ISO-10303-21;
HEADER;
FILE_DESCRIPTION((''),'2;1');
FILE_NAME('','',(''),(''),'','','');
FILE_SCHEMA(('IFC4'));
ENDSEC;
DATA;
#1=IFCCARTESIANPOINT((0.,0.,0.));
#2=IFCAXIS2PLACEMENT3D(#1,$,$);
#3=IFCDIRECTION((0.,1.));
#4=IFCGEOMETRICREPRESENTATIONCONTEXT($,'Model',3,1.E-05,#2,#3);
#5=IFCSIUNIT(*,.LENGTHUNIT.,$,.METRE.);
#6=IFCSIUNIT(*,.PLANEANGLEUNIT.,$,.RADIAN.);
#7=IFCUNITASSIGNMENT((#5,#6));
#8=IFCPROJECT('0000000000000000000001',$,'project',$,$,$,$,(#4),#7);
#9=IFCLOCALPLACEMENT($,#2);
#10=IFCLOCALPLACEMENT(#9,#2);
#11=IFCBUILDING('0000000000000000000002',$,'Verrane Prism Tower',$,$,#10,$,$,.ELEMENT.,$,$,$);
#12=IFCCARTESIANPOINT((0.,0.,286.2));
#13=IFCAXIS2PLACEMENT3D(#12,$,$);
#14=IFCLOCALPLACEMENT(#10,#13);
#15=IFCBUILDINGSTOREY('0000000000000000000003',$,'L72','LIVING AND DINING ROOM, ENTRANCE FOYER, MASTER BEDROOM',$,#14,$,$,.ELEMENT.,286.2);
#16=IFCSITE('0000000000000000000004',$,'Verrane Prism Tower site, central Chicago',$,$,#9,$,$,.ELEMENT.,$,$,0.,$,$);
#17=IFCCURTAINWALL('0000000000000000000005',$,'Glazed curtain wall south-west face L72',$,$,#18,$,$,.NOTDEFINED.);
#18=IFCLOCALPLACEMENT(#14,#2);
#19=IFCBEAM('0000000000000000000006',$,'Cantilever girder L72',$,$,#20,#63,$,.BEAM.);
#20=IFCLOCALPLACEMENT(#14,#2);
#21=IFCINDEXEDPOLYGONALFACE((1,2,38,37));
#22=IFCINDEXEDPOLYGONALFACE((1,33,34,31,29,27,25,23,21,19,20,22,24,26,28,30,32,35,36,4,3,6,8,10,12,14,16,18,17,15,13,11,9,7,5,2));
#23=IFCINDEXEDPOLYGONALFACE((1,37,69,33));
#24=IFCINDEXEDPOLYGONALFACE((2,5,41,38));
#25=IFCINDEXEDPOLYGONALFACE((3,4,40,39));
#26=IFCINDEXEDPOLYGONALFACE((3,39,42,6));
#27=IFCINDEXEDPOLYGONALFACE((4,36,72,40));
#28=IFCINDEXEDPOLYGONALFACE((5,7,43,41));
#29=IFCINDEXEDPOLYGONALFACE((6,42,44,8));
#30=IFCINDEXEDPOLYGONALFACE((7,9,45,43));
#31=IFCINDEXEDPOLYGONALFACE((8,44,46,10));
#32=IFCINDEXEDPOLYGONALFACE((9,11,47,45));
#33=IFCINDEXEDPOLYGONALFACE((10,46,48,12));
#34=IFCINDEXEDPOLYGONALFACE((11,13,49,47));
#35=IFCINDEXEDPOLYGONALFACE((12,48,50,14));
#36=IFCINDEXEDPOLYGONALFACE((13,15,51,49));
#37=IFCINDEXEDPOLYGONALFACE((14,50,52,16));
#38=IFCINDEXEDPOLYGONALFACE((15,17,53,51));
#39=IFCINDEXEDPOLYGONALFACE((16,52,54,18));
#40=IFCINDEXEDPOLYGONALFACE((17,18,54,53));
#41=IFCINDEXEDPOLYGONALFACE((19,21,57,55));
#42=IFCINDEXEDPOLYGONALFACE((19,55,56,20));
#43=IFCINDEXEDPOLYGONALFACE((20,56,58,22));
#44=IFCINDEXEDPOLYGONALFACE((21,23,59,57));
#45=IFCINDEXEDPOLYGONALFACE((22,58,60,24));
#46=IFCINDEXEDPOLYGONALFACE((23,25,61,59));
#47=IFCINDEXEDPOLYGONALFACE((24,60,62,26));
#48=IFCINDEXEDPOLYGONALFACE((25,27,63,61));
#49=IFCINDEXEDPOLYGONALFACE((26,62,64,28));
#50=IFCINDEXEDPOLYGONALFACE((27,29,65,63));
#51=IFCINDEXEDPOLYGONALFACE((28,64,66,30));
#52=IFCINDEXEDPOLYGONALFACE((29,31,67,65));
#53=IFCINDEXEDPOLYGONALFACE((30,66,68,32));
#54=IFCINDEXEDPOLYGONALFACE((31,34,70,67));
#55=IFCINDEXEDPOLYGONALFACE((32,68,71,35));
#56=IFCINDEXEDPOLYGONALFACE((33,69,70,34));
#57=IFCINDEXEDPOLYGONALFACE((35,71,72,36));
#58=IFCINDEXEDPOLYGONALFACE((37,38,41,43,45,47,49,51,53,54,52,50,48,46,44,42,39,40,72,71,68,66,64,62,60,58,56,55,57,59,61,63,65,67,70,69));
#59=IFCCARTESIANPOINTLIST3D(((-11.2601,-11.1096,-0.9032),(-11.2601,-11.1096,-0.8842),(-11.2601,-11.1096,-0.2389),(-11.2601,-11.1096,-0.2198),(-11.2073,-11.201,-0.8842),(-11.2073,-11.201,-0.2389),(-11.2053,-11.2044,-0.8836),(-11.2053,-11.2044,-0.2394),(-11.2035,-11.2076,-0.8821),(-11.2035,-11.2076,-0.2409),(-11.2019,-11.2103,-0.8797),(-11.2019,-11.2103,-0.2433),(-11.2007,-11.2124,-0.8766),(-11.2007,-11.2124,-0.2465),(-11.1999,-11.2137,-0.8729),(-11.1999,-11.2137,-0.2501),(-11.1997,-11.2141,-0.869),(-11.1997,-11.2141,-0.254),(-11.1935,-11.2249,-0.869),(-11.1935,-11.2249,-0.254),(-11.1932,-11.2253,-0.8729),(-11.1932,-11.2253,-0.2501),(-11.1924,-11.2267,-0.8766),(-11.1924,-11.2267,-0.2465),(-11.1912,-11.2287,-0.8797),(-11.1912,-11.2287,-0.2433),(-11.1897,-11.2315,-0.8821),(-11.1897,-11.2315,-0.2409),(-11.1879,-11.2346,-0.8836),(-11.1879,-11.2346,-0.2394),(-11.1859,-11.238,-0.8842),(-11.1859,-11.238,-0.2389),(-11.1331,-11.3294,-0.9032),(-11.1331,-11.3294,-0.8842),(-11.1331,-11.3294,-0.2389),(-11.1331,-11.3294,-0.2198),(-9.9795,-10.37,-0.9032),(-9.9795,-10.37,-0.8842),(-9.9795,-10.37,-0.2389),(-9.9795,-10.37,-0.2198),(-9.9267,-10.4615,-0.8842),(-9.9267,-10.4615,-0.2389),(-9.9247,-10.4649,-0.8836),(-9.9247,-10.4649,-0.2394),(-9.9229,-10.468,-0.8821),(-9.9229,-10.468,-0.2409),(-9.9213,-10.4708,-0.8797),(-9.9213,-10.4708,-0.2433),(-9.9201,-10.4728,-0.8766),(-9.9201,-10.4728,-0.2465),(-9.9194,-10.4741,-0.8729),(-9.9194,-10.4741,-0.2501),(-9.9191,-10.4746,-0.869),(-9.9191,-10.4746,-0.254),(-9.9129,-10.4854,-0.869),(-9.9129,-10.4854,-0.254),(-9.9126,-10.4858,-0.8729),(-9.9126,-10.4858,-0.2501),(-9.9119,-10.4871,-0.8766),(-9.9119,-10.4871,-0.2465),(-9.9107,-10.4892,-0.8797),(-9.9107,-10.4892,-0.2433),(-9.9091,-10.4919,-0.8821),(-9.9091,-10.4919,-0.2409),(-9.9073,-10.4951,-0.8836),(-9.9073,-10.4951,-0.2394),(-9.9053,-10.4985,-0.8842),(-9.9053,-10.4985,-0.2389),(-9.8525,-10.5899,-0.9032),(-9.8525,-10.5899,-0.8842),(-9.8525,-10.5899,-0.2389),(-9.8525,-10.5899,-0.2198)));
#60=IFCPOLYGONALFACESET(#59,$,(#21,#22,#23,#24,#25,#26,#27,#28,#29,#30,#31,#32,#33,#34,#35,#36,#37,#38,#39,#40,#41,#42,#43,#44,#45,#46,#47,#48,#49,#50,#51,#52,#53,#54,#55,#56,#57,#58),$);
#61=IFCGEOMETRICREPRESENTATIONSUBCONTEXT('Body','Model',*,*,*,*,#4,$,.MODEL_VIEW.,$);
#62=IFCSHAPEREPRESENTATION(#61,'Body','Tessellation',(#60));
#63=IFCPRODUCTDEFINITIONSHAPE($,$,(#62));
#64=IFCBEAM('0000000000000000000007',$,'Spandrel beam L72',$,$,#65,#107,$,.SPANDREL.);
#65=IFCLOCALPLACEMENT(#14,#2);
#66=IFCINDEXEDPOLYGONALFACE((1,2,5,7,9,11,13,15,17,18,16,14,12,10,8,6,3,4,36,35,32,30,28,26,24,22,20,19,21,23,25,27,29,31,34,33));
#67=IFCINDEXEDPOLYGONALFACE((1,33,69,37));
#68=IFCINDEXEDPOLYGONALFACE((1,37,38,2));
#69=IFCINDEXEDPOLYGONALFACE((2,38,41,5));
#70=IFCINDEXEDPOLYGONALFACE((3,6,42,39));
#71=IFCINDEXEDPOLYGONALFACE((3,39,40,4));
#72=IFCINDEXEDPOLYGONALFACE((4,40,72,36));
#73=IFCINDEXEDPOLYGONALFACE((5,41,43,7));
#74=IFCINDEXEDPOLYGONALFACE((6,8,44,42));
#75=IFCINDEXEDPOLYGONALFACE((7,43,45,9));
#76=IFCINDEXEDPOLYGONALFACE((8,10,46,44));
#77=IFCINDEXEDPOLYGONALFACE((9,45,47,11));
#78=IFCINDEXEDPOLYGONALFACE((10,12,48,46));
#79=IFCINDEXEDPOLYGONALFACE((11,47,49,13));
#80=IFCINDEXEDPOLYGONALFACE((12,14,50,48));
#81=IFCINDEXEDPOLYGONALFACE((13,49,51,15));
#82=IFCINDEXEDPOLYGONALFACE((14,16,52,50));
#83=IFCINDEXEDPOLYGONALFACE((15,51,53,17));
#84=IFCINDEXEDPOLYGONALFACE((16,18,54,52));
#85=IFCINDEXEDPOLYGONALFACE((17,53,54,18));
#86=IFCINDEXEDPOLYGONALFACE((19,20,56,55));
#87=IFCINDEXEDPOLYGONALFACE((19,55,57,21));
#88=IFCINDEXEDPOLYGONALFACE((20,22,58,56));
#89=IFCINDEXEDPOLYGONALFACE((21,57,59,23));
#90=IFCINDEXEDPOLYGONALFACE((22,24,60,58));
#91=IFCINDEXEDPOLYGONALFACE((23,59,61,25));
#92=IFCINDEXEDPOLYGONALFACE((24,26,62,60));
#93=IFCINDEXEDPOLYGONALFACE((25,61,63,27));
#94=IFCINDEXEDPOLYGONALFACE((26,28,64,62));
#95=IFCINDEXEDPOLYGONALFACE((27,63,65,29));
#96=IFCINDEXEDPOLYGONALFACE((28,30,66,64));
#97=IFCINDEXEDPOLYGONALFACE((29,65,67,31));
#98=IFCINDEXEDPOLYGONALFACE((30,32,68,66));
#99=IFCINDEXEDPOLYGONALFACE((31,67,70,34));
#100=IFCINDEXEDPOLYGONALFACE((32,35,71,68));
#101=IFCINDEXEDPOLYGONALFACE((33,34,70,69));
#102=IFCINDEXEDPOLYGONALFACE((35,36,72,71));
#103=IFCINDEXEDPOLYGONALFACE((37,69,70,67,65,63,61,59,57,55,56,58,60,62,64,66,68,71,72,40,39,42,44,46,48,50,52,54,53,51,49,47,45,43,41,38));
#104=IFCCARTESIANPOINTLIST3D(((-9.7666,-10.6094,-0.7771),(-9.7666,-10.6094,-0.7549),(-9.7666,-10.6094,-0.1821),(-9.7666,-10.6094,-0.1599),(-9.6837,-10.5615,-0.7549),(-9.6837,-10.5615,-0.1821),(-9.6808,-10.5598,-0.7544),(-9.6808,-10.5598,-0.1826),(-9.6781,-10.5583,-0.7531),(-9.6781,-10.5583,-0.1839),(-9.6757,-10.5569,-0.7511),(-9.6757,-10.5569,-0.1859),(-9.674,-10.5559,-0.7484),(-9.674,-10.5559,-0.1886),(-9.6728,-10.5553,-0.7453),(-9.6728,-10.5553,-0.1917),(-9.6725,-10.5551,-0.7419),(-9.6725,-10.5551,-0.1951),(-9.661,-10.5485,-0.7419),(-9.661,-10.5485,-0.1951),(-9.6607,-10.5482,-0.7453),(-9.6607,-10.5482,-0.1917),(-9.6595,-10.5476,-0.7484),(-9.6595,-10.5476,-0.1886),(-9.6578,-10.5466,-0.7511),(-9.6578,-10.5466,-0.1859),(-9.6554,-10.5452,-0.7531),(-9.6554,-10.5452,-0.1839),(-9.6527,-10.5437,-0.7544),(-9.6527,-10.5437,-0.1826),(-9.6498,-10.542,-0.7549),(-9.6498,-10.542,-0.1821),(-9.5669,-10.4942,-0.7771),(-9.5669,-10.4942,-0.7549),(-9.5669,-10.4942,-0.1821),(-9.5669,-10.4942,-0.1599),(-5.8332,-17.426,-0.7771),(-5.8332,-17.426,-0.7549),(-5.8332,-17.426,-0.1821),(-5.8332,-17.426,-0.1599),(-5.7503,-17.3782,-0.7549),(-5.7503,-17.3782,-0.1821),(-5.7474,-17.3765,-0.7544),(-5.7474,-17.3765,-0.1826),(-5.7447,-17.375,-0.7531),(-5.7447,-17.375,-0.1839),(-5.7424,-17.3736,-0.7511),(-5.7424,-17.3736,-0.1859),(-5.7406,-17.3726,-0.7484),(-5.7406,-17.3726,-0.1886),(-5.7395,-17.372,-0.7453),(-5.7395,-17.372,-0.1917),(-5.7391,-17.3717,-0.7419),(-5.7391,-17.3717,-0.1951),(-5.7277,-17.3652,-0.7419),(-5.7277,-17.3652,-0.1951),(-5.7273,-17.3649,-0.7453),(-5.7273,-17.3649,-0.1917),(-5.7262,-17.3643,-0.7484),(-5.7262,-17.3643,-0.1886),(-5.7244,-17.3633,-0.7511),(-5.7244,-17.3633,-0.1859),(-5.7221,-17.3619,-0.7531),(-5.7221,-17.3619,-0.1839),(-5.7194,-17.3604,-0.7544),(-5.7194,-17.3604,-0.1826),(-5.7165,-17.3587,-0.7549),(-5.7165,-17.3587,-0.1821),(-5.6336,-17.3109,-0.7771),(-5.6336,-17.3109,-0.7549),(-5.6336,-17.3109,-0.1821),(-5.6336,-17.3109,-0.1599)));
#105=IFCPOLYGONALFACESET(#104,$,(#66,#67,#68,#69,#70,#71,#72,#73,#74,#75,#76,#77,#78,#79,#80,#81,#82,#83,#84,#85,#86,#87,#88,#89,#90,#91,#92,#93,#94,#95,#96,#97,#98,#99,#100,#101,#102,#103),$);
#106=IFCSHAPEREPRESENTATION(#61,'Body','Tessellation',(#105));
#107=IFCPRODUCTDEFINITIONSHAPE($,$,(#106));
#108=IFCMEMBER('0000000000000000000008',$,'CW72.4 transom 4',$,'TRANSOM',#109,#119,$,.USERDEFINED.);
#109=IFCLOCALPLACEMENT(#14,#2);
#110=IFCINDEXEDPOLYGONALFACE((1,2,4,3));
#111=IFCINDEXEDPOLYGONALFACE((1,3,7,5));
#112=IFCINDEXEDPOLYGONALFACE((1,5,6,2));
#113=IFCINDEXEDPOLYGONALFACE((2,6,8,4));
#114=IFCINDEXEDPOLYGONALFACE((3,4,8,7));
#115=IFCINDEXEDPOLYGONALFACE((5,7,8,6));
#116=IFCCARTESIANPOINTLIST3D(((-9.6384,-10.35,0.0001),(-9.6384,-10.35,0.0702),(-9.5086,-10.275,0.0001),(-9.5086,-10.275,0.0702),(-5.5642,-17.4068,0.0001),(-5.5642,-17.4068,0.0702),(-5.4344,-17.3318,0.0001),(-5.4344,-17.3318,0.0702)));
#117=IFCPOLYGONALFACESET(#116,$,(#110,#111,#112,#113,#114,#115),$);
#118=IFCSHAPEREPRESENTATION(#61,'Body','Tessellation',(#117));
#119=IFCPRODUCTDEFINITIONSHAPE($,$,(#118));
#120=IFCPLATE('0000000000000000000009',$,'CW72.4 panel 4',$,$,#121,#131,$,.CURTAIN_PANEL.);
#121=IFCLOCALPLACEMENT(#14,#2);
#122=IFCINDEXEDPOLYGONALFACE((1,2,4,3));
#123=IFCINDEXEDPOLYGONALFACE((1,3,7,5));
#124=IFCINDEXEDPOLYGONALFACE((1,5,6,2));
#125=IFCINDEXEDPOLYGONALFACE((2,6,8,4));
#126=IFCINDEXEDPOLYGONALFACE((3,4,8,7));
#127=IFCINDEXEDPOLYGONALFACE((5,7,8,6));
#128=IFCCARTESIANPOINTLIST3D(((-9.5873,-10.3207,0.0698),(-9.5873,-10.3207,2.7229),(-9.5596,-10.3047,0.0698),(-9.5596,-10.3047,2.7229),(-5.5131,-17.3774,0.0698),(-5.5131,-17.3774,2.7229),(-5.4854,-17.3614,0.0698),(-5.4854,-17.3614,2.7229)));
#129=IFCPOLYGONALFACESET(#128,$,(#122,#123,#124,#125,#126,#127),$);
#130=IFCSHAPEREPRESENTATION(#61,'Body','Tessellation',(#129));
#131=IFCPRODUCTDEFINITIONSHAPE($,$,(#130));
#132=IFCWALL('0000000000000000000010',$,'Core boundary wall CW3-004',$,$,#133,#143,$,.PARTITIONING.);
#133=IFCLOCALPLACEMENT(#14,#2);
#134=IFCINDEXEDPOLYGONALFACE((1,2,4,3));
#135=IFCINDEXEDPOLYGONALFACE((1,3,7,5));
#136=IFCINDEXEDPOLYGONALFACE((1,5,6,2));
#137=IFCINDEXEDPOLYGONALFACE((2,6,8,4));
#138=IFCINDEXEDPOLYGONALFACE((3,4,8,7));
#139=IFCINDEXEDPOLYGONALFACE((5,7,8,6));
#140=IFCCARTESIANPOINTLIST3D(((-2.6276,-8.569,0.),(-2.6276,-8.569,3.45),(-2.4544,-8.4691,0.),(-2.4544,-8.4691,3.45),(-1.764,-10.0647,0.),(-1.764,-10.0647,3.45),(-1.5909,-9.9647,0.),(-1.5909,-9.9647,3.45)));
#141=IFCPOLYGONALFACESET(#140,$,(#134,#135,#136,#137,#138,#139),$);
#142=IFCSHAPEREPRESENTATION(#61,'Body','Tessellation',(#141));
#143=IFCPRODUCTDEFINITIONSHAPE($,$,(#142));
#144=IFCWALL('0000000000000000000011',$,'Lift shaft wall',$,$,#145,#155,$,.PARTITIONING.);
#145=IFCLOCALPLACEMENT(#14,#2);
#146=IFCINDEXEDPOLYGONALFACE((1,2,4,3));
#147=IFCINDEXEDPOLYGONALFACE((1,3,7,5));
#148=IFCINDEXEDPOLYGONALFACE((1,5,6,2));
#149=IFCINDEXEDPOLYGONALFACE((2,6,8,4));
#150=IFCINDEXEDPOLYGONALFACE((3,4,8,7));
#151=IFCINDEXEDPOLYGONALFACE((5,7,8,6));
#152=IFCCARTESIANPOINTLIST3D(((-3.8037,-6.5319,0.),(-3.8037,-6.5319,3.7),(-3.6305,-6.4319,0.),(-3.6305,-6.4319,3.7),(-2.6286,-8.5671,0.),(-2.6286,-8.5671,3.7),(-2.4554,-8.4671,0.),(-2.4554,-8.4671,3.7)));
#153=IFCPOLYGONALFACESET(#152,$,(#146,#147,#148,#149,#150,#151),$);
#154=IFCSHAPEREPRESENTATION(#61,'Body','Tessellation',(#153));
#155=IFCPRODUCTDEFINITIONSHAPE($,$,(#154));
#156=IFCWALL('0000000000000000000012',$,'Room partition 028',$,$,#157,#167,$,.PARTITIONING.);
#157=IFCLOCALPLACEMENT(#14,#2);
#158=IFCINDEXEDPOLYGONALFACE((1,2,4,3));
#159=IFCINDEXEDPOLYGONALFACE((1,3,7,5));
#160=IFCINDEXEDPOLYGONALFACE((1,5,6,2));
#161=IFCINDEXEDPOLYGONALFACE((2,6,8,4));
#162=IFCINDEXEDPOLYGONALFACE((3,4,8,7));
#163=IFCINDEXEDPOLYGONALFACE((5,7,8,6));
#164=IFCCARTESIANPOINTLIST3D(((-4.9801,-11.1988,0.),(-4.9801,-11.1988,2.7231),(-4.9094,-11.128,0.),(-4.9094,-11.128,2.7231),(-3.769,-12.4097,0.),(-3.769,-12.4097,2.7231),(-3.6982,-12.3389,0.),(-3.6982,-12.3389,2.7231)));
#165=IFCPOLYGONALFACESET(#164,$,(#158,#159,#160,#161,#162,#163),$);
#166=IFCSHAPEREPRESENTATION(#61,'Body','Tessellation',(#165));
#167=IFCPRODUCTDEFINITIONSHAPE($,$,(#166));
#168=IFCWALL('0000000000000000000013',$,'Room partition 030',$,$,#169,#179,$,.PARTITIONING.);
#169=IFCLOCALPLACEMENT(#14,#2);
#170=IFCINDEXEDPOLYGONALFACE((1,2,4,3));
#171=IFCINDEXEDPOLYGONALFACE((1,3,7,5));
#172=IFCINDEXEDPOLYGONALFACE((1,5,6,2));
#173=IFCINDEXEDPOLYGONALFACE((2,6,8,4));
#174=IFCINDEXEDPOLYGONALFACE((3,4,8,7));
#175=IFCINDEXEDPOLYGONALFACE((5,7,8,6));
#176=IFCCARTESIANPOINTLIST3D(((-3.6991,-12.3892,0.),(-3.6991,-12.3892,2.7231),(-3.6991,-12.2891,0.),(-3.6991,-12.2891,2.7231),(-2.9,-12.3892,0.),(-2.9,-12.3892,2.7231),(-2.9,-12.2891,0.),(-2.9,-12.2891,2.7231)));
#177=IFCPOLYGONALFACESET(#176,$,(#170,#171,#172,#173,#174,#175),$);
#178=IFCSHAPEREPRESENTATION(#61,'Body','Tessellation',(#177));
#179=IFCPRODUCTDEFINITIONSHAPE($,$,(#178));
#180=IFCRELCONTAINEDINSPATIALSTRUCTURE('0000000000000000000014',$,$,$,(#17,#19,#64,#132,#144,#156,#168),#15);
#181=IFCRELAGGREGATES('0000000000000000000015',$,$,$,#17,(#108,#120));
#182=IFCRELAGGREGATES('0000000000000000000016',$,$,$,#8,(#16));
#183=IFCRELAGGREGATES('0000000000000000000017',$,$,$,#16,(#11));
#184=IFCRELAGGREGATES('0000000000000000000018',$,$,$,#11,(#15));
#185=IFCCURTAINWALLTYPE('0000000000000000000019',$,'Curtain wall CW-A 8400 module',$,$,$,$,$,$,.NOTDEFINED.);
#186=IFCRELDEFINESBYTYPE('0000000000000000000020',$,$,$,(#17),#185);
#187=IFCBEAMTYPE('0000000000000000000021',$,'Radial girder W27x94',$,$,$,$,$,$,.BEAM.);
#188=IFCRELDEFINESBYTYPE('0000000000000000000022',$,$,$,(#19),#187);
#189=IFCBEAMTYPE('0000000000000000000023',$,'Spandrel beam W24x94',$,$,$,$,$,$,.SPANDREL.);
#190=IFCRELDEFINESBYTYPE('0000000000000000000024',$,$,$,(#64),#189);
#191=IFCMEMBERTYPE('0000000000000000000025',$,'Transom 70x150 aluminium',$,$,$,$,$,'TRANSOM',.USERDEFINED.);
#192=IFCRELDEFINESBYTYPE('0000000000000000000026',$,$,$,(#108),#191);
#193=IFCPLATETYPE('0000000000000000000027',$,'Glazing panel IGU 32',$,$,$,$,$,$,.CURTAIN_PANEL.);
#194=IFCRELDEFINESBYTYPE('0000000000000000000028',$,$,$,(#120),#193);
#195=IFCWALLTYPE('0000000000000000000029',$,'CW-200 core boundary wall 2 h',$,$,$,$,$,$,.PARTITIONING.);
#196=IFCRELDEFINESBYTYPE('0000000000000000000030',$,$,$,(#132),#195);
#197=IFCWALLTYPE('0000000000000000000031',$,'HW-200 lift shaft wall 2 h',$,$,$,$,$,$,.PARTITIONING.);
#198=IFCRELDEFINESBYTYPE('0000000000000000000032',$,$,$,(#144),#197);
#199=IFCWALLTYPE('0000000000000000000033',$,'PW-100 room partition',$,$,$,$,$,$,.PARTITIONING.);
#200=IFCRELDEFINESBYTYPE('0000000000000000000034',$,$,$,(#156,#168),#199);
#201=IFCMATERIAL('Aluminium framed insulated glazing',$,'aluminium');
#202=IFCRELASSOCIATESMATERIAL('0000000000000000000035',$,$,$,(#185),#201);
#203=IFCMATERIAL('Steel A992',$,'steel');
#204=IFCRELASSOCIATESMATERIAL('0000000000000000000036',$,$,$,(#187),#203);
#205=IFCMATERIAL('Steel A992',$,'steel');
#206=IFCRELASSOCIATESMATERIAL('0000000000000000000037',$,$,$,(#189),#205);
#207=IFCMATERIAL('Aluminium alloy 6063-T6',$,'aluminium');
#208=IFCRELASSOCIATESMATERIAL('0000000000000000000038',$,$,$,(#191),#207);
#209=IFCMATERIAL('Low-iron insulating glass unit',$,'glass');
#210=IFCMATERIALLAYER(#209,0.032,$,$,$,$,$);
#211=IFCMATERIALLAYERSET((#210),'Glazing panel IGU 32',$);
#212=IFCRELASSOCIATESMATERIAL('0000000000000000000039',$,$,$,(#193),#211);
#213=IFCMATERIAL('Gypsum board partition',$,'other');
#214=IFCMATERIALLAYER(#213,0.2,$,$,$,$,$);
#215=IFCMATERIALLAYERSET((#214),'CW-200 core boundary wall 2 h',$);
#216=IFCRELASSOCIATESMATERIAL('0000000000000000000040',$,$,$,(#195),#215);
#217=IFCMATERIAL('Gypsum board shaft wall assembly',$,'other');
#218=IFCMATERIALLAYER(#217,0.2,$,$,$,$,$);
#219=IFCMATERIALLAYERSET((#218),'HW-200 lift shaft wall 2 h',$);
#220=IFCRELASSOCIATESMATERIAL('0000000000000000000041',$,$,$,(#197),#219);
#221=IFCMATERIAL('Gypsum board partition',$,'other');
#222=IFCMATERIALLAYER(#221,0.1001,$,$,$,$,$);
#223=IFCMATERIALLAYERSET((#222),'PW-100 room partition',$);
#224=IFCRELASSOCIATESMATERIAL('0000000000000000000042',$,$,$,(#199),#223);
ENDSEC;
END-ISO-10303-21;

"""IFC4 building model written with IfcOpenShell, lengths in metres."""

from ifc_helpers import new_model, si_unit, direction, frame, frame_2d, origin, origin_2d, place, context, subcontext, project, spatial, rectangle, i_section, extrude, material, layer, layer_set, material_profile, profile_set, type_object, element, aggregate, save


model = new_model("IFC4")

# Units and contexts
model_context = context("Model", 3, precision=1e-05, world=origin(), true_north=direction((0.0, 1.0)))
body_context = subcontext(model_context, "Body", "Model", "MODEL_VIEW")
ifc_project = project(units=[si_unit("LENGTHUNIT", "METRE"), si_unit("PLANEANGLEUNIT", "RADIAN")], contexts=[model_context])

# Site, building, storey
site_placement = place(None, origin())
site = spatial("IfcSite", under=ifc_project, at=site_placement, Name="Verrane Prism Tower site, central Chicago", CompositionType="ELEMENT", RefElevation=0.0)
building_placement = place(site_placement, origin())
building = spatial("IfcBuilding", under=site, at=building_placement, Name="Verrane Prism Tower", CompositionType="ELEMENT")
storey_placement = place(building_placement, frame((0.0, 0.0, 286.2)))
storey = spatial("IfcBuildingStorey", under=building, at=storey_placement, Name="L72", Description="LIVING AND DINING ROOM, ENTRANCE FOYER, MASTER BEDROOM", CompositionType="ELEMENT", Elevation=286.2)

# Curtain wall
ifc_material_1 = material(Name="Aluminium framed insulated glazing", Category="aluminium")
curtain_wall_type = type_object("IfcCurtainWallType", Name="Curtain wall CW-A 8400 module", PredefinedType="NOTDEFINED", material=ifc_material_1)
curtain_wall_placement = place(storey_placement, origin())
curtain_wall = element("IfcCurtainWall", 1, at=curtain_wall_placement, inside=storey, type_object=curtain_wall_type, Name="Glazed curtain wall south-west face L72", PredefinedType="NOTDEFINED")

# Beams
ifc_material_2 = material(Name="Steel A992", Category="steel")
ifc_material_profile_1 = material_profile(ifc_material_2, i_section(OverallWidth=0.2539, OverallDepth=0.6833, WebThickness=0.0125, FlangeThickness=0.019, FilletRadius=0.0151, at=origin_2d()), Name="W27x94")
ifc_profile_set_1 = profile_set([ifc_material_profile_1], Name="Steel A992")
beam_type_1 = type_object("IfcBeamType", Name="Radial girder W27x94", PredefinedType="BEAM", material=ifc_profile_set_1)
beam_1_placement = place(storey_placement, frame((-9.916, -10.48, -0.5615), z_axis=(-0.865968, -0.500099, 0.0), x_axis=(0.500099, -0.865968, 0.0)))
element("IfcBeam", 2, at=beam_1_placement, inside=storey, type_object=beam_type_1, Name="Cantilever girder L72", PredefinedType="BEAM", context=body_context, shape_type="SweptSolid", body=[
    extrude(i_section(OverallWidth=0.2539, OverallDepth=0.6833, WebThickness=0.0125, FlangeThickness=0.019, FilletRadius=0.0151, at=origin_2d()), origin(), (0.0, 0.0, 1.0), 1.4788),
])
ifc_material_3 = material(Name="Steel A992", Category="steel")
ifc_material_profile_2 = material_profile(ifc_material_3, i_section(OverallWidth=0.2305, OverallDepth=0.6172, WebThickness=0.0132, FlangeThickness=0.0222, FilletRadius=0.0129, at=origin_2d()), Name="W24x94")
ifc_profile_set_2 = profile_set([ifc_material_profile_2], Name="Steel A992")
beam_type_2 = type_object("IfcBeamType", Name="Spandrel beam W24x94", PredefinedType="SPANDREL", material=ifc_profile_set_2)
beam_2_placement = place(storey_placement, frame((-9.6667, -10.5518, -0.4685), z_axis=(0.499786, -0.866149, 0.0), x_axis=(0.866149, 0.499786, 0.0)))
element("IfcBeam", 3, at=beam_2_placement, inside=storey, type_object=beam_type_2, Name="Spandrel beam L72", PredefinedType="SPANDREL", context=body_context, shape_type="SweptSolid", body=[
    extrude(i_section(OverallWidth=0.2305, OverallDepth=0.6172, WebThickness=0.0132, FlangeThickness=0.0222, FilletRadius=0.0129, at=origin_2d()), origin(), (0.0, 0.0, 1.0), 7.8701),
])

# Member
ifc_material_4 = material(Name="Aluminium alloy 6063-T6", Category="aluminium")
ifc_material_profile_3 = material_profile(ifc_material_4, rectangle(XDim=0.1499, YDim=0.0701, at=origin_2d()), Name="Transom 70x150 aluminium")
ifc_profile_set_3 = profile_set([ifc_material_profile_3], Name="Aluminium alloy 6063-T6")
member_type_1 = type_object("IfcMemberType", Name="Transom 70x150 aluminium", ElementType="TRANSOM", PredefinedType="USERDEFINED", material=ifc_profile_set_3)
member_1_placement = place(storey_placement, frame((-9.5735, -10.3125, 0.0352), z_axis=(0.499993, -0.866029, 0.0), x_axis=(0.866029, 0.499993, 0.0)))
member_1 = element("IfcMember", 4, at=member_1_placement, type_object=member_type_1, Name="CW72.4 transom 4", ObjectType="TRANSOM", PredefinedType="USERDEFINED", context=body_context, shape_type="SweptSolid", body=[
    extrude(rectangle(XDim=0.1499, YDim=0.0701, at=origin_2d()), origin(), (0.0, 0.0, 1.0), 8.1484),
])

# Plate
ifc_material_5 = material(Name="Low-iron insulating glass unit", Category="glass")
ifc_layer_1 = layer(ifc_material_5, 0.032)
ifc_layer_set_1 = layer_set([ifc_layer_1], Name="Glazing panel IGU 32")
plate_type = type_object("IfcPlateType", Name="Glazing panel IGU 32", PredefinedType="CURTAIN_PANEL", material=ifc_layer_set_1)
plate_placement = place(storey_placement, frame((-7.5364, -13.8411, 0.0698), z_axis=(0.0, 0.0, 1.0), x_axis=(0.500001, -0.866025, 0.0)))
plate = element("IfcPlate", 5, at=plate_placement, type_object=plate_type, Name="CW72.4 panel 4", PredefinedType="CURTAIN_PANEL", context=body_context, shape_type="SweptSolid", body=[
    extrude(rectangle(XDim=8.1484, YDim=0.032, at=origin_2d()), origin(), (0.0, 0.0, 1.0), 2.6531),
])
aggregate(curtain_wall, [member_1, plate])

# Walls
ifc_material_6 = material(Name="Gypsum board partition", Category="other")
ifc_layer_2 = layer(ifc_material_6, 0.2)
ifc_layer_set_2 = layer_set([ifc_layer_2], Name="CW-200 core boundary wall 2 h")
wall_type_1 = type_object("IfcWallType", Name="CW-200 core boundary wall 2 h", PredefinedType="PARTITIONING", material=ifc_layer_set_2)
wall_1_placement = place(storey_placement, frame((-2.541, -8.519, 0.0), z_axis=(0.0, 0.0, 1.0), x_axis=(0.500016, -0.866016, 0.0)))
element("IfcWall", 6, at=wall_1_placement, inside=storey, type_object=wall_type_1, Name="Core boundary wall CW3-004", PredefinedType="PARTITIONING", context=body_context, shape_type="SweptSolid", body=[
    extrude(rectangle(XDim=1.7271, YDim=0.2, at=frame_2d((0.8635, 0.0))), origin(), (0.0, 0.0, 1.0), 3.45),
])
ifc_material_7 = material(Name="Gypsum board shaft wall assembly", Category="other")
ifc_layer_3 = layer(ifc_material_7, 0.2)
ifc_layer_set_3 = layer_set([ifc_layer_3], Name="HW-200 lift shaft wall 2 h")
wall_type_2 = type_object("IfcWallType", Name="HW-200 lift shaft wall 2 h", PredefinedType="PARTITIONING", material=ifc_layer_set_3)
wall_2_placement = place(storey_placement, frame((-2.542, -8.5171, 0.0), z_axis=(0.0, 0.0, 1.0), x_axis=(-0.500016, 0.866016, 0.0)))
element("IfcWall", 7, at=wall_2_placement, inside=storey, type_object=wall_type_2, Name="Lift shaft wall", PredefinedType="PARTITIONING", context=body_context, shape_type="SweptSolid", body=[
    extrude(rectangle(XDim=2.3501, YDim=0.2, at=frame_2d((1.175, 0.0))), origin(), (0.0, 0.0, 1.0), 3.7),
])
ifc_material_8 = material(Name="Gypsum board partition", Category="other")
ifc_layer_4 = layer(ifc_material_8, 0.1001)
ifc_layer_set_4 = layer_set([ifc_layer_4], Name="PW-100 room partition")
wall_type_3 = type_object("IfcWallType", Name="PW-100 room partition", PredefinedType="PARTITIONING", material=ifc_layer_set_4)
wall_3_placement = place(storey_placement, frame((-4.9448, -11.1633, 0.0), z_axis=(0.0, 0.0, 1.0), x_axis=(0.707178, -0.707036, 0.0)))
element("IfcWall", 8, at=wall_3_placement, inside=storey, type_object=wall_type_3, Name="Room partition 028", PredefinedType="PARTITIONING", context=body_context, shape_type="SweptSolid", body=[
    extrude(rectangle(XDim=1.7126, YDim=0.1001, at=frame_2d((0.8564, 0.0))), origin(), (0.0, 0.0, 1.0), 2.7231),
])
wall_4_placement = place(storey_placement, frame((-3.699, -12.3391, 0.0), z_axis=(0.0, 0.0, 1.0), x_axis=(1.0, 0.0, 0.0)))
element("IfcWall", 9, at=wall_4_placement, inside=storey, type_object=wall_type_3, Name="Room partition 030", PredefinedType="PARTITIONING", context=body_context, shape_type="SweptSolid", body=[
    extrude(rectangle(XDim=0.7991, YDim=0.1001, at=frame_2d((0.3994, 0.0))), origin(), (0.0, 0.0, 1.0), 2.7231),
])

save(model, "model.ifc")
